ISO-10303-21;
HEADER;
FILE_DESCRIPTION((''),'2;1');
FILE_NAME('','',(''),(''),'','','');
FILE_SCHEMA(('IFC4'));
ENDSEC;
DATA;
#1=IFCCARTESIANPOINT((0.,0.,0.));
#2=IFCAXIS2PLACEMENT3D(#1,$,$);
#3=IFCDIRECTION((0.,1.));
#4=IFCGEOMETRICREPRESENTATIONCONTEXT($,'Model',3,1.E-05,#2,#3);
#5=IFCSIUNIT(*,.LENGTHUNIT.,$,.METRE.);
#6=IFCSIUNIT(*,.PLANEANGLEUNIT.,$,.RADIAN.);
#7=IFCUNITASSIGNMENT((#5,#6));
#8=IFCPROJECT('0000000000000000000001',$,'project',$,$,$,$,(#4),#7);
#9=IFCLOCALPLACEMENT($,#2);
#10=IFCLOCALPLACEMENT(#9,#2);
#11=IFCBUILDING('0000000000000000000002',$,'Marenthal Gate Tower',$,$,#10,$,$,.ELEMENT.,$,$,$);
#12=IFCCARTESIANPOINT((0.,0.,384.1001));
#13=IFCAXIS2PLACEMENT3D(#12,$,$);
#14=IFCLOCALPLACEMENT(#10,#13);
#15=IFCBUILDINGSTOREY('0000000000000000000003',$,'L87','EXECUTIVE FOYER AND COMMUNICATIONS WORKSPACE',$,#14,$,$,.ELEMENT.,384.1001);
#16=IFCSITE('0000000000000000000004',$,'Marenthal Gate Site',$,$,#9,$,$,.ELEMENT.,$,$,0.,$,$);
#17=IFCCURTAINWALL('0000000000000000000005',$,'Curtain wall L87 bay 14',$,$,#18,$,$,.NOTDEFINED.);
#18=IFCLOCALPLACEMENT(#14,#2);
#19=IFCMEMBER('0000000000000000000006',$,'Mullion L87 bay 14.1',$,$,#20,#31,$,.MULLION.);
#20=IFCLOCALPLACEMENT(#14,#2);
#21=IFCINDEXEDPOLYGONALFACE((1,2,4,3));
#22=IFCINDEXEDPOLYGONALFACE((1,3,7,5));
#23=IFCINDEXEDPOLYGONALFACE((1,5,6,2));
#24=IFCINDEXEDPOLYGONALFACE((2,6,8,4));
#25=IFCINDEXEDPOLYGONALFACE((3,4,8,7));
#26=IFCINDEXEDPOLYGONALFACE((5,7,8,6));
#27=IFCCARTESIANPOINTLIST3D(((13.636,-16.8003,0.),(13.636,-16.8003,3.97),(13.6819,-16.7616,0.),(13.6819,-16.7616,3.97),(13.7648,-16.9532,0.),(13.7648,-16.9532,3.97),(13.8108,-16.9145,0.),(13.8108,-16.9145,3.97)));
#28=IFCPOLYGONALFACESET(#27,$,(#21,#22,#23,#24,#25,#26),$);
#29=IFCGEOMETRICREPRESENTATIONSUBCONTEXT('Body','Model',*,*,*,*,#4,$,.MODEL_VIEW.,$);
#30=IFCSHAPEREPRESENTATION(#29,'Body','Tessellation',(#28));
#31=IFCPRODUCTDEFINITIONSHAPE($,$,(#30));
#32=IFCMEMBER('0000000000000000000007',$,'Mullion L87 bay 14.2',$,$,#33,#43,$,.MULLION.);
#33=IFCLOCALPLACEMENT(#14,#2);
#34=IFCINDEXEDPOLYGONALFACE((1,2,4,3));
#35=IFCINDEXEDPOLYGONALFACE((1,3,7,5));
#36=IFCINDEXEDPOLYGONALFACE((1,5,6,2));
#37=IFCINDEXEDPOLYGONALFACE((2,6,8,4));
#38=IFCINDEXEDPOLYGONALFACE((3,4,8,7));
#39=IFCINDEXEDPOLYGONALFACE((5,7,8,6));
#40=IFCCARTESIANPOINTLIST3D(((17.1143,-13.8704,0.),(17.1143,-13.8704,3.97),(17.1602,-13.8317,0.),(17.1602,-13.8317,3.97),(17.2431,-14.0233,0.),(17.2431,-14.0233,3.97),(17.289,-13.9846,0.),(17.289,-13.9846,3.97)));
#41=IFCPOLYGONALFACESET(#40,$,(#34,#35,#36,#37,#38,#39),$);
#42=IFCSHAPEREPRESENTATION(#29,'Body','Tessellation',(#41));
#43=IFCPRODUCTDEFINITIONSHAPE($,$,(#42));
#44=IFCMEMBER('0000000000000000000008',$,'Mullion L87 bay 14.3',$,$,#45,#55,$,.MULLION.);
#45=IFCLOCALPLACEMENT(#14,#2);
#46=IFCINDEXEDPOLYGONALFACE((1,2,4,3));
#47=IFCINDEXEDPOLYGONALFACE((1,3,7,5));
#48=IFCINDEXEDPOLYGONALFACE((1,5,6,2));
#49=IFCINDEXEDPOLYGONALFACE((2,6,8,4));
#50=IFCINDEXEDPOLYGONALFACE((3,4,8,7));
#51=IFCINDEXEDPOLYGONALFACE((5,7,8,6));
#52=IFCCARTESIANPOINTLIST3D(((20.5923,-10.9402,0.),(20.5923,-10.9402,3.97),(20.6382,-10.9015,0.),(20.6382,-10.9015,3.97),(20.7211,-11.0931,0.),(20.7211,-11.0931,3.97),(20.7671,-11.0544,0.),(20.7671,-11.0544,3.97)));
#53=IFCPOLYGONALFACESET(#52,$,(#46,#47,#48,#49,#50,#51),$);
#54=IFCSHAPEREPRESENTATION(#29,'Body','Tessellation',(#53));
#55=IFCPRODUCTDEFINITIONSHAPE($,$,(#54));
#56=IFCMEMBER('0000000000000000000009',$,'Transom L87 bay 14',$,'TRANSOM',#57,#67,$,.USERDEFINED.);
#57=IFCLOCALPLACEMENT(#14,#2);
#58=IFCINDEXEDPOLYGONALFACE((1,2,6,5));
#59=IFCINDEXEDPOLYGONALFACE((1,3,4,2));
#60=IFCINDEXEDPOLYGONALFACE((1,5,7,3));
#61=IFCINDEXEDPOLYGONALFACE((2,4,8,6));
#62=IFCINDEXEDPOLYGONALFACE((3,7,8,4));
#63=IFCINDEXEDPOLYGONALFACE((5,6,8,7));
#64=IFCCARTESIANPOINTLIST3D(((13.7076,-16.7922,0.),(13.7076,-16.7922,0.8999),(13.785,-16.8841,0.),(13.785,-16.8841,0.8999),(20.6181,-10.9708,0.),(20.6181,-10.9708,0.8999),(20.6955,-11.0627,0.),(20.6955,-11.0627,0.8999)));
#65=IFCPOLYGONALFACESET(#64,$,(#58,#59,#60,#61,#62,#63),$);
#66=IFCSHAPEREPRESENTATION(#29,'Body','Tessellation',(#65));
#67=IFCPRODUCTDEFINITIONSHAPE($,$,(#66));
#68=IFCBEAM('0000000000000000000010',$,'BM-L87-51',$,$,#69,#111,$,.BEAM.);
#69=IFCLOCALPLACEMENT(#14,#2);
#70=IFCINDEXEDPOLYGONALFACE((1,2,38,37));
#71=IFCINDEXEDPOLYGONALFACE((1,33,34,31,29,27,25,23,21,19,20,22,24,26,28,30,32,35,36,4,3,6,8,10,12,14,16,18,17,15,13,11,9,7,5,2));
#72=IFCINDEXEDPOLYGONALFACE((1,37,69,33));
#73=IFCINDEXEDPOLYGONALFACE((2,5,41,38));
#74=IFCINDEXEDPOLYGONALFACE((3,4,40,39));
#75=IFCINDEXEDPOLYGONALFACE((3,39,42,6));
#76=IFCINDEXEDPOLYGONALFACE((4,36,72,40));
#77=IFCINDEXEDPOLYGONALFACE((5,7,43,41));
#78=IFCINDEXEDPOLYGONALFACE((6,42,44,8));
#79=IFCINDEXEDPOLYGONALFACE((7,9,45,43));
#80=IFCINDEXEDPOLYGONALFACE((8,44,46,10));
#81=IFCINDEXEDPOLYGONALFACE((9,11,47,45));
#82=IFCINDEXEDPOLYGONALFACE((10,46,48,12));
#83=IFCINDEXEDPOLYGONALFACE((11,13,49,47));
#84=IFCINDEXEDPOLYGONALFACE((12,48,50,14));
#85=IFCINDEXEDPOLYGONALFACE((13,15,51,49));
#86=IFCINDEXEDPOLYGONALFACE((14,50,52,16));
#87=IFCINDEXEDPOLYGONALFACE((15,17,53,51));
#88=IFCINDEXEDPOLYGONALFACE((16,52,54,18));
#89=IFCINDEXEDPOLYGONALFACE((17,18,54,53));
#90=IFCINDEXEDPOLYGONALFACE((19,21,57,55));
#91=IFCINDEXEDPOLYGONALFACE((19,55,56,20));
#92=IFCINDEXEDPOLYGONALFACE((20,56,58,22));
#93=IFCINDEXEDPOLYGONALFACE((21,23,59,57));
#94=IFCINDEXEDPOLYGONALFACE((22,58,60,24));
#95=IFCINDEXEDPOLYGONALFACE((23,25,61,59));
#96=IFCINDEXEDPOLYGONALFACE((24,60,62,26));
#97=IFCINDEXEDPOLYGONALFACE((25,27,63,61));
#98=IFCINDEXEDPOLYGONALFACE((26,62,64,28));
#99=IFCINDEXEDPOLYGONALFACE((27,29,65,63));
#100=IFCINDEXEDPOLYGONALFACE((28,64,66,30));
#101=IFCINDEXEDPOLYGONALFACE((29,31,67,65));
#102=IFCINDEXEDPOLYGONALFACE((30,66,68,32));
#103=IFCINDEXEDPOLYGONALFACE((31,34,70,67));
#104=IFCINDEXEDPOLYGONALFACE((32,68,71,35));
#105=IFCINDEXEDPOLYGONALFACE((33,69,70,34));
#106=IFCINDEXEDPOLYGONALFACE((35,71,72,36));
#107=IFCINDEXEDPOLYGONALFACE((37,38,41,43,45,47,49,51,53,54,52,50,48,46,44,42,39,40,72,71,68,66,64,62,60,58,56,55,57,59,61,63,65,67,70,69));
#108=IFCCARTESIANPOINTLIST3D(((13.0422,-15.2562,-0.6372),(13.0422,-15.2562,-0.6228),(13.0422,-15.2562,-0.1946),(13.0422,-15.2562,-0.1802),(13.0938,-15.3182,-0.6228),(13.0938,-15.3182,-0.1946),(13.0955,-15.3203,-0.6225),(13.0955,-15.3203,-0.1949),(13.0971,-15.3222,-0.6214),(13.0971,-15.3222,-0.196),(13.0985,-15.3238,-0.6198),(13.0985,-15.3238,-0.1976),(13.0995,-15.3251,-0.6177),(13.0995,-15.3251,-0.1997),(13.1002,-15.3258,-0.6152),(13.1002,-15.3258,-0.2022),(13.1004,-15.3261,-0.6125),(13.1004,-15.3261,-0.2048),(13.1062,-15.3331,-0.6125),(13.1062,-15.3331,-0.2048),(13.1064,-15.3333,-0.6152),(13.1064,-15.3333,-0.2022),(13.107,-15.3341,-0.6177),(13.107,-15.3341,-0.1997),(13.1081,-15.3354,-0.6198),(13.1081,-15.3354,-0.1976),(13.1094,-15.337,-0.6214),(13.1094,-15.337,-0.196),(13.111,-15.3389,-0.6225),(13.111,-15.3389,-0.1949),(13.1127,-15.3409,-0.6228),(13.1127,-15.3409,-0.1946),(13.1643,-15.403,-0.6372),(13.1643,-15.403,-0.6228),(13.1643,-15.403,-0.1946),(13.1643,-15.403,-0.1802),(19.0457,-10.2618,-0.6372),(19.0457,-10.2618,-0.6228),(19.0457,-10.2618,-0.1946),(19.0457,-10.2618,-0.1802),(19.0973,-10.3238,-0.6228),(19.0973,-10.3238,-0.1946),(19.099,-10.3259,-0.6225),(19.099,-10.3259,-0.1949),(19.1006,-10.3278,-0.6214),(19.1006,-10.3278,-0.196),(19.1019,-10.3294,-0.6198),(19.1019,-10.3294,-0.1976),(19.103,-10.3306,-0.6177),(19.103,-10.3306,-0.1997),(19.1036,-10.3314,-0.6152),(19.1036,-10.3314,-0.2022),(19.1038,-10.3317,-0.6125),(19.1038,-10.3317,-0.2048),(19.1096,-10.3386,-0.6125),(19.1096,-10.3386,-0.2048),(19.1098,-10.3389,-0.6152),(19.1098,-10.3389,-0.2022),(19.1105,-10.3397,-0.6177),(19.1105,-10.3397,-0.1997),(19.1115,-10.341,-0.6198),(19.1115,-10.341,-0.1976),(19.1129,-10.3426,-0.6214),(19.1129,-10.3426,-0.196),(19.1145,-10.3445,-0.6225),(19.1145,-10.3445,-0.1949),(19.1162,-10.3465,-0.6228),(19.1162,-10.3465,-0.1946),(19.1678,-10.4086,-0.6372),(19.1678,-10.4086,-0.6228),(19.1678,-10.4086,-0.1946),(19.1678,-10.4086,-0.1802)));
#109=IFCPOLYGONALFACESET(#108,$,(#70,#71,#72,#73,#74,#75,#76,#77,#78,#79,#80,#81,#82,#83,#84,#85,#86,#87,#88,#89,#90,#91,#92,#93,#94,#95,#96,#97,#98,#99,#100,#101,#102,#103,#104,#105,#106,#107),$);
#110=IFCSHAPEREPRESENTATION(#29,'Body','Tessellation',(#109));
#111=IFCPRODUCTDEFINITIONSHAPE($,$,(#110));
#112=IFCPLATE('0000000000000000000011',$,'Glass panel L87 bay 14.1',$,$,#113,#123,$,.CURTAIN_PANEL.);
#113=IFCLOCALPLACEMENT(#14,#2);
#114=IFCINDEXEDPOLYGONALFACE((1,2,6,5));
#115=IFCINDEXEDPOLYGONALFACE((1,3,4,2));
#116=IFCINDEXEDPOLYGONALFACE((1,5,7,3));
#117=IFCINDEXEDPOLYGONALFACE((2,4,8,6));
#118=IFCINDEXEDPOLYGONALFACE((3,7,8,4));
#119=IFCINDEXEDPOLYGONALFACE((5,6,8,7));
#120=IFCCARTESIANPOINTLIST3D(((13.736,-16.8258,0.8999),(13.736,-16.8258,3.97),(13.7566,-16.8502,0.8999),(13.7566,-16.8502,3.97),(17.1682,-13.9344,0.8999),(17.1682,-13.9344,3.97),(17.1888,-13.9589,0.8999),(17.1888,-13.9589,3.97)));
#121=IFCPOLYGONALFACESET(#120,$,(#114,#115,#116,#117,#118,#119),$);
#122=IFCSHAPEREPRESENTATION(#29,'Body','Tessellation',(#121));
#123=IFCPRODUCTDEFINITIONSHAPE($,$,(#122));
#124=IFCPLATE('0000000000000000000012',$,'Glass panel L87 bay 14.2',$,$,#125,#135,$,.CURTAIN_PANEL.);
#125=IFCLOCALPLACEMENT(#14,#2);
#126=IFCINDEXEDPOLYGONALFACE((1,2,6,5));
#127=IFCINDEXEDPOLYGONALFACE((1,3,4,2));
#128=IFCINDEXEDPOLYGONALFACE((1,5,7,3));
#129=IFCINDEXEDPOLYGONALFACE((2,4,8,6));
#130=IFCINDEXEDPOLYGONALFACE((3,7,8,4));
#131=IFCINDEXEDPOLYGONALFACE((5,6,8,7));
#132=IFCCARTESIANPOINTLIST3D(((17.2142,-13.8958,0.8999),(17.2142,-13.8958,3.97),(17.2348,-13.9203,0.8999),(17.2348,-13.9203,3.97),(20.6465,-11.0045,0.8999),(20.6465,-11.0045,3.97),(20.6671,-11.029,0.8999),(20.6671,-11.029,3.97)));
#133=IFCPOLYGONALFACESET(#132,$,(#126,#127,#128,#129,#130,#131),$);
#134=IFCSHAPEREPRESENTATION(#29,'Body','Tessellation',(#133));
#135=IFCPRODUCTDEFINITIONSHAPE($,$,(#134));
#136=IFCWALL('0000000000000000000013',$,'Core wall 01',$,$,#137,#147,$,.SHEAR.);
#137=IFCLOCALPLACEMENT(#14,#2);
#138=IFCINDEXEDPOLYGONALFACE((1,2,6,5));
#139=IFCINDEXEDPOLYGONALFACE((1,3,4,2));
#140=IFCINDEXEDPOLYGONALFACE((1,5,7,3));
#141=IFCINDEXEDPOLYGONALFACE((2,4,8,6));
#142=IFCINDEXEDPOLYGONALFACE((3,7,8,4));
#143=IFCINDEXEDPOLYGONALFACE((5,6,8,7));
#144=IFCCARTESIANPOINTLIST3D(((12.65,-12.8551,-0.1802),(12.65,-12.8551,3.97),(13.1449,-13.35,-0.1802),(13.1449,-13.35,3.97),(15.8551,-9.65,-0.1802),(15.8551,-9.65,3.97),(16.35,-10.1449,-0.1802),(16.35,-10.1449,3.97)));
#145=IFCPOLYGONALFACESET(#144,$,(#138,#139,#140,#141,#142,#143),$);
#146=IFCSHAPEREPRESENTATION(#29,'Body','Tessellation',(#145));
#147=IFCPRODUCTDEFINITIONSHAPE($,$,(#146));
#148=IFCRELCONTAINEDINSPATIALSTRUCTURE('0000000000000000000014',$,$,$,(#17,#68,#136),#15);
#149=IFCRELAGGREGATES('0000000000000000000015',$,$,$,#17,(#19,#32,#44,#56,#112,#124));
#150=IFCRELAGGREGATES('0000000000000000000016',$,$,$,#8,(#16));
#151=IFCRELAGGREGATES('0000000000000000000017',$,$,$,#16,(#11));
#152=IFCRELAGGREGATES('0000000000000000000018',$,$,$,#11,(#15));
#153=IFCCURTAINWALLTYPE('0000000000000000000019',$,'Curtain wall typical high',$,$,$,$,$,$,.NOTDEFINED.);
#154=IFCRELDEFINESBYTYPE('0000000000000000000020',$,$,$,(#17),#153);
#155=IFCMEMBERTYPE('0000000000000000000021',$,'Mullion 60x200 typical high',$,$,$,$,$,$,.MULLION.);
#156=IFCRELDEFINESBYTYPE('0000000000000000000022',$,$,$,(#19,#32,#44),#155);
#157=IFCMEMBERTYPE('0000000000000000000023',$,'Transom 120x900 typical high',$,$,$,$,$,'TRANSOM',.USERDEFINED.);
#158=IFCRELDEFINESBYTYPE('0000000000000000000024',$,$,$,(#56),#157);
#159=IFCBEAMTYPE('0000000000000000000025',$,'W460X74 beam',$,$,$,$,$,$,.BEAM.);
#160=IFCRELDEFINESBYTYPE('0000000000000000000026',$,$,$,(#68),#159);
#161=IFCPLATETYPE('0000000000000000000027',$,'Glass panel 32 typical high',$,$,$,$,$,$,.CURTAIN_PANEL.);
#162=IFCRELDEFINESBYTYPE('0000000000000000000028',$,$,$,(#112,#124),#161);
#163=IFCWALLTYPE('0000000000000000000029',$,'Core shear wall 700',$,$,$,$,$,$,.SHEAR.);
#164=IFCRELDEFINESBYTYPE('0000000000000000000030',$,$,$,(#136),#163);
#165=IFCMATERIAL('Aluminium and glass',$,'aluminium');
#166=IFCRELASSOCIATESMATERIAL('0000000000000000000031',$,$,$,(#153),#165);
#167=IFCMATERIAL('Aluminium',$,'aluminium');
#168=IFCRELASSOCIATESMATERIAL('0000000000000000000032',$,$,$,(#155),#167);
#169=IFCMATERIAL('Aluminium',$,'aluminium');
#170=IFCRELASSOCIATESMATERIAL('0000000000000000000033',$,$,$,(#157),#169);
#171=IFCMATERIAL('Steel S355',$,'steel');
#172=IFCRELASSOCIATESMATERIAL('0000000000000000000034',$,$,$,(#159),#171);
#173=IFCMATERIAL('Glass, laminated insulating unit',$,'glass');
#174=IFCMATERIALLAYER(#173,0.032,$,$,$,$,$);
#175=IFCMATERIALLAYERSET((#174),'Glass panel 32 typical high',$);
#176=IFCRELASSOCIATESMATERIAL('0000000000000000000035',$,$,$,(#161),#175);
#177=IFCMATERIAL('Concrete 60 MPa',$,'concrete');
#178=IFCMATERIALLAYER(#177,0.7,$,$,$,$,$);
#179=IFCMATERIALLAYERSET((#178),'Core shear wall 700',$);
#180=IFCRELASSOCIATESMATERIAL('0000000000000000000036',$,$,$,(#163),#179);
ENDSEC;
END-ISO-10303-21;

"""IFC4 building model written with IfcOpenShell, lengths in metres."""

from ifc_helpers import new_model, si_unit, direction, frame, frame_2d, origin, origin_2d, place, context, subcontext, project, spatial, rectangle, i_section, extrude, material, layer, layer_set, material_profile, profile_set, type_object, element, aggregate, save


model = new_model("IFC4")

# Units and contexts
model_context = context("Model", 3, precision=1e-05, world=origin(), true_north=direction((0.0, 1.0)))
body_context = subcontext(model_context, "Body", "Model", "MODEL_VIEW")
ifc_project = project(units=[si_unit("LENGTHUNIT", "METRE"), si_unit("PLANEANGLEUNIT", "RADIAN")], contexts=[model_context])

# Site, building, storey
site_placement = place(None, origin())
site = spatial("IfcSite", under=ifc_project, at=site_placement, Name="Marenthal Gate Site", CompositionType="ELEMENT", RefElevation=0.0)
building_placement = place(site_placement, origin())
building = spatial("IfcBuilding", under=site, at=building_placement, Name="Marenthal Gate Tower", CompositionType="ELEMENT")
storey_placement = place(building_placement, frame((0.0, 0.0, 384.1001)))
storey = spatial("IfcBuildingStorey", under=building, at=storey_placement, Name="L87", Description="EXECUTIVE FOYER AND COMMUNICATIONS WORKSPACE", CompositionType="ELEMENT", Elevation=384.1001)

# Curtain wall, members
ifc_material_1 = material(Name="Aluminium and glass", Category="aluminium")
curtain_wall_type = type_object("IfcCurtainWallType", Name="Curtain wall typical high", PredefinedType="NOTDEFINED", material=ifc_material_1)
curtain_wall_placement = place(storey_placement, origin())
curtain_wall = element("IfcCurtainWall", 1, at=curtain_wall_placement, inside=storey, type_object=curtain_wall_type, Name="Curtain wall L87 bay 14", PredefinedType="NOTDEFINED")
ifc_material_2 = material(Name="Aluminium", Category="aluminium")
ifc_material_profile_1 = material_profile(ifc_material_2, rectangle(XDim=0.2, YDim=0.0601, at=origin_2d()), Name="60x200 aluminium mullion")
ifc_profile_set_1 = profile_set([ifc_material_profile_1], Name="Aluminium")
member_type_1 = type_object("IfcMemberType", Name="Mullion 60x200 typical high", PredefinedType="MULLION", material=ifc_profile_set_1)
member_1_placement = place(storey_placement, frame((13.7234, -16.8574, 0.0), z_axis=(0.0, 0.0, 1.0), x_axis=(-0.644265, 0.764802, 0.0)))
member_1 = element("IfcMember", 2, at=member_1_placement, type_object=member_type_1, Name="Mullion L87 bay 14.1", PredefinedType="MULLION", context=body_context, shape_type="SweptSolid", body=[
    extrude(rectangle(XDim=0.2, YDim=0.0601, at=origin_2d()), origin(), (0.0, 0.0, 1.0), 3.97),
])
member_2_placement = place(storey_placement, frame((17.2017, -13.9275, 0.0), z_axis=(0.0, 0.0, 1.0), x_axis=(-0.644265, 0.764802, 0.0)))
member_2 = element("IfcMember", 3, at=member_2_placement, type_object=member_type_1, Name="Mullion L87 bay 14.2", PredefinedType="MULLION", context=body_context, shape_type="SweptSolid", body=[
    extrude(rectangle(XDim=0.2, YDim=0.0601, at=origin_2d()), origin(), (0.0, 0.0, 1.0), 3.97),
])
member_3_placement = place(storey_placement, frame((20.6797, -10.9973, 0.0), z_axis=(0.0, 0.0, 1.0), x_axis=(-0.644265, 0.764802, 0.0)))
member_3 = element("IfcMember", 4, at=member_3_placement, type_object=member_type_1, Name="Mullion L87 bay 14.3", PredefinedType="MULLION", context=body_context, shape_type="SweptSolid", body=[
    extrude(rectangle(XDim=0.2, YDim=0.0601, at=origin_2d()), origin(), (0.0, 0.0, 1.0), 3.97),
])
ifc_material_3 = material(Name="Aluminium", Category="aluminium")
ifc_material_profile_2 = material_profile(ifc_material_3, rectangle(XDim=0.1201, YDim=0.8999, at=origin_2d()), Name="120x900 aluminium transom")
ifc_profile_set_2 = profile_set([ifc_material_profile_2], Name="Aluminium")
member_type_2 = type_object("IfcMemberType", Name="Transom 120x900 typical high", ElementType="TRANSOM", PredefinedType="USERDEFINED", material=ifc_profile_set_2)
member_4_placement = place(storey_placement, frame((13.7463, -16.8381, 0.45), z_axis=(0.764802, 0.644266, 0.0), x_axis=(-0.644266, 0.764802, 0.0)))
member_4 = element("IfcMember", 5, at=member_4_placement, type_object=member_type_2, Name="Transom L87 bay 14", ObjectType="TRANSOM", PredefinedType="USERDEFINED", context=body_context, shape_type="SweptSolid", body=[
    extrude(rectangle(XDim=0.1201, YDim=0.8999, at=origin_2d()), origin(), (0.0, 0.0, 1.0), 9.0356),
])

# Beam
ifc_material_4 = material(Name="Steel S355", Category="steel")
ifc_material_profile_3 = material_profile(ifc_material_4, i_section(OverallWidth=0.1909, OverallDepth=0.457, WebThickness=0.009, FlangeThickness=0.0144, FilletRadius=0.0103, at=origin_2d()), Name="W460X74")
ifc_profile_set_3 = profile_set([ifc_material_profile_3], Name="Steel S355")
beam_type = type_object("IfcBeamType", Name="W460X74 beam", PredefinedType="BEAM", material=ifc_profile_set_3)
beam_placement = place(storey_placement, frame((13.1033, -15.3296, -0.4087), z_axis=(0.768754, 0.639545, 0.0), x_axis=(-0.639545, 0.768754, 0.0)))
element("IfcBeam", 6, at=beam_placement, inside=storey, type_object=beam_type, Name="BM-L87-51", PredefinedType="BEAM", context=body_context, shape_type="SweptSolid", body=[
    extrude(i_section(OverallWidth=0.1909, OverallDepth=0.457, WebThickness=0.009, FlangeThickness=0.0144, FilletRadius=0.0103, at=origin_2d()), origin(), (0.0, 0.0, 1.0), 7.8093),
])

# Plates
ifc_material_5 = material(Name="Glass, laminated insulating unit", Category="glass")
ifc_layer_1 = layer(ifc_material_5, 0.032)
ifc_layer_set_1 = layer_set([ifc_layer_1], Name="Glass panel 32 typical high")
plate_type = type_object("IfcPlateType", Name="Glass panel 32 typical high", PredefinedType="CURTAIN_PANEL", material=ifc_layer_set_1)
plate_1_placement = place(storey_placement, frame((15.4624, -15.3923, 0.8999), z_axis=(0.0, 0.0, 1.0), x_axis=(0.764802, 0.644265, 0.0)))
plate_1 = element("IfcPlate", 7, at=plate_1_placement, type_object=plate_type, Name="Glass panel L87 bay 14.1", PredefinedType="CURTAIN_PANEL", context=body_context, shape_type="SweptSolid", body=[
    extrude(rectangle(XDim=4.4878, YDim=0.032, at=origin_2d()), origin(), (0.0, 0.0, 1.0), 3.0701),
])
plate_2_placement = place(storey_placement, frame((18.9407, -12.4624, 0.8999), z_axis=(0.0, 0.0, 1.0), x_axis=(0.764802, 0.644265, 0.0)))
plate_2 = element("IfcPlate", 8, at=plate_2_placement, type_object=plate_type, Name="Glass panel L87 bay 14.2", PredefinedType="CURTAIN_PANEL", context=body_context, shape_type="SweptSolid", body=[
    extrude(rectangle(XDim=4.4878, YDim=0.032, at=origin_2d()), origin(), (0.0, 0.0, 1.0), 3.0701),
])
aggregate(curtain_wall, [member_1, member_2, member_3, member_4, plate_1, plate_2])

# Wall
ifc_material_6 = material(Name="Concrete 60 MPa", Category="concrete")
ifc_layer_2 = layer(ifc_material_6, 0.7)
ifc_layer_set_2 = layer_set([ifc_layer_2], Name="Core shear wall 700")
wall_type_1 = type_object("IfcWallType", Name="Core shear wall 700", PredefinedType="SHEAR", material=ifc_layer_set_2)
wall_1_placement = place(storey_placement, frame((12.8975, -13.1025, -0.1802), z_axis=(0.0, 0.0, 1.0), x_axis=(0.707107, 0.707107, 0.0)))
element("IfcWall", 9, at=wall_1_placement, inside=storey, type_object=wall_type_1, Name="Core wall 01", PredefinedType="SHEAR", context=body_context, shape_type="SweptSolid", body=[
    extrude(rectangle(XDim=4.5327, YDim=0.7, at=frame_2d((2.2664, 0.0))), origin(), (0.0, 0.0, 1.0), 4.1501),
])

save(model, "model.ifc")
